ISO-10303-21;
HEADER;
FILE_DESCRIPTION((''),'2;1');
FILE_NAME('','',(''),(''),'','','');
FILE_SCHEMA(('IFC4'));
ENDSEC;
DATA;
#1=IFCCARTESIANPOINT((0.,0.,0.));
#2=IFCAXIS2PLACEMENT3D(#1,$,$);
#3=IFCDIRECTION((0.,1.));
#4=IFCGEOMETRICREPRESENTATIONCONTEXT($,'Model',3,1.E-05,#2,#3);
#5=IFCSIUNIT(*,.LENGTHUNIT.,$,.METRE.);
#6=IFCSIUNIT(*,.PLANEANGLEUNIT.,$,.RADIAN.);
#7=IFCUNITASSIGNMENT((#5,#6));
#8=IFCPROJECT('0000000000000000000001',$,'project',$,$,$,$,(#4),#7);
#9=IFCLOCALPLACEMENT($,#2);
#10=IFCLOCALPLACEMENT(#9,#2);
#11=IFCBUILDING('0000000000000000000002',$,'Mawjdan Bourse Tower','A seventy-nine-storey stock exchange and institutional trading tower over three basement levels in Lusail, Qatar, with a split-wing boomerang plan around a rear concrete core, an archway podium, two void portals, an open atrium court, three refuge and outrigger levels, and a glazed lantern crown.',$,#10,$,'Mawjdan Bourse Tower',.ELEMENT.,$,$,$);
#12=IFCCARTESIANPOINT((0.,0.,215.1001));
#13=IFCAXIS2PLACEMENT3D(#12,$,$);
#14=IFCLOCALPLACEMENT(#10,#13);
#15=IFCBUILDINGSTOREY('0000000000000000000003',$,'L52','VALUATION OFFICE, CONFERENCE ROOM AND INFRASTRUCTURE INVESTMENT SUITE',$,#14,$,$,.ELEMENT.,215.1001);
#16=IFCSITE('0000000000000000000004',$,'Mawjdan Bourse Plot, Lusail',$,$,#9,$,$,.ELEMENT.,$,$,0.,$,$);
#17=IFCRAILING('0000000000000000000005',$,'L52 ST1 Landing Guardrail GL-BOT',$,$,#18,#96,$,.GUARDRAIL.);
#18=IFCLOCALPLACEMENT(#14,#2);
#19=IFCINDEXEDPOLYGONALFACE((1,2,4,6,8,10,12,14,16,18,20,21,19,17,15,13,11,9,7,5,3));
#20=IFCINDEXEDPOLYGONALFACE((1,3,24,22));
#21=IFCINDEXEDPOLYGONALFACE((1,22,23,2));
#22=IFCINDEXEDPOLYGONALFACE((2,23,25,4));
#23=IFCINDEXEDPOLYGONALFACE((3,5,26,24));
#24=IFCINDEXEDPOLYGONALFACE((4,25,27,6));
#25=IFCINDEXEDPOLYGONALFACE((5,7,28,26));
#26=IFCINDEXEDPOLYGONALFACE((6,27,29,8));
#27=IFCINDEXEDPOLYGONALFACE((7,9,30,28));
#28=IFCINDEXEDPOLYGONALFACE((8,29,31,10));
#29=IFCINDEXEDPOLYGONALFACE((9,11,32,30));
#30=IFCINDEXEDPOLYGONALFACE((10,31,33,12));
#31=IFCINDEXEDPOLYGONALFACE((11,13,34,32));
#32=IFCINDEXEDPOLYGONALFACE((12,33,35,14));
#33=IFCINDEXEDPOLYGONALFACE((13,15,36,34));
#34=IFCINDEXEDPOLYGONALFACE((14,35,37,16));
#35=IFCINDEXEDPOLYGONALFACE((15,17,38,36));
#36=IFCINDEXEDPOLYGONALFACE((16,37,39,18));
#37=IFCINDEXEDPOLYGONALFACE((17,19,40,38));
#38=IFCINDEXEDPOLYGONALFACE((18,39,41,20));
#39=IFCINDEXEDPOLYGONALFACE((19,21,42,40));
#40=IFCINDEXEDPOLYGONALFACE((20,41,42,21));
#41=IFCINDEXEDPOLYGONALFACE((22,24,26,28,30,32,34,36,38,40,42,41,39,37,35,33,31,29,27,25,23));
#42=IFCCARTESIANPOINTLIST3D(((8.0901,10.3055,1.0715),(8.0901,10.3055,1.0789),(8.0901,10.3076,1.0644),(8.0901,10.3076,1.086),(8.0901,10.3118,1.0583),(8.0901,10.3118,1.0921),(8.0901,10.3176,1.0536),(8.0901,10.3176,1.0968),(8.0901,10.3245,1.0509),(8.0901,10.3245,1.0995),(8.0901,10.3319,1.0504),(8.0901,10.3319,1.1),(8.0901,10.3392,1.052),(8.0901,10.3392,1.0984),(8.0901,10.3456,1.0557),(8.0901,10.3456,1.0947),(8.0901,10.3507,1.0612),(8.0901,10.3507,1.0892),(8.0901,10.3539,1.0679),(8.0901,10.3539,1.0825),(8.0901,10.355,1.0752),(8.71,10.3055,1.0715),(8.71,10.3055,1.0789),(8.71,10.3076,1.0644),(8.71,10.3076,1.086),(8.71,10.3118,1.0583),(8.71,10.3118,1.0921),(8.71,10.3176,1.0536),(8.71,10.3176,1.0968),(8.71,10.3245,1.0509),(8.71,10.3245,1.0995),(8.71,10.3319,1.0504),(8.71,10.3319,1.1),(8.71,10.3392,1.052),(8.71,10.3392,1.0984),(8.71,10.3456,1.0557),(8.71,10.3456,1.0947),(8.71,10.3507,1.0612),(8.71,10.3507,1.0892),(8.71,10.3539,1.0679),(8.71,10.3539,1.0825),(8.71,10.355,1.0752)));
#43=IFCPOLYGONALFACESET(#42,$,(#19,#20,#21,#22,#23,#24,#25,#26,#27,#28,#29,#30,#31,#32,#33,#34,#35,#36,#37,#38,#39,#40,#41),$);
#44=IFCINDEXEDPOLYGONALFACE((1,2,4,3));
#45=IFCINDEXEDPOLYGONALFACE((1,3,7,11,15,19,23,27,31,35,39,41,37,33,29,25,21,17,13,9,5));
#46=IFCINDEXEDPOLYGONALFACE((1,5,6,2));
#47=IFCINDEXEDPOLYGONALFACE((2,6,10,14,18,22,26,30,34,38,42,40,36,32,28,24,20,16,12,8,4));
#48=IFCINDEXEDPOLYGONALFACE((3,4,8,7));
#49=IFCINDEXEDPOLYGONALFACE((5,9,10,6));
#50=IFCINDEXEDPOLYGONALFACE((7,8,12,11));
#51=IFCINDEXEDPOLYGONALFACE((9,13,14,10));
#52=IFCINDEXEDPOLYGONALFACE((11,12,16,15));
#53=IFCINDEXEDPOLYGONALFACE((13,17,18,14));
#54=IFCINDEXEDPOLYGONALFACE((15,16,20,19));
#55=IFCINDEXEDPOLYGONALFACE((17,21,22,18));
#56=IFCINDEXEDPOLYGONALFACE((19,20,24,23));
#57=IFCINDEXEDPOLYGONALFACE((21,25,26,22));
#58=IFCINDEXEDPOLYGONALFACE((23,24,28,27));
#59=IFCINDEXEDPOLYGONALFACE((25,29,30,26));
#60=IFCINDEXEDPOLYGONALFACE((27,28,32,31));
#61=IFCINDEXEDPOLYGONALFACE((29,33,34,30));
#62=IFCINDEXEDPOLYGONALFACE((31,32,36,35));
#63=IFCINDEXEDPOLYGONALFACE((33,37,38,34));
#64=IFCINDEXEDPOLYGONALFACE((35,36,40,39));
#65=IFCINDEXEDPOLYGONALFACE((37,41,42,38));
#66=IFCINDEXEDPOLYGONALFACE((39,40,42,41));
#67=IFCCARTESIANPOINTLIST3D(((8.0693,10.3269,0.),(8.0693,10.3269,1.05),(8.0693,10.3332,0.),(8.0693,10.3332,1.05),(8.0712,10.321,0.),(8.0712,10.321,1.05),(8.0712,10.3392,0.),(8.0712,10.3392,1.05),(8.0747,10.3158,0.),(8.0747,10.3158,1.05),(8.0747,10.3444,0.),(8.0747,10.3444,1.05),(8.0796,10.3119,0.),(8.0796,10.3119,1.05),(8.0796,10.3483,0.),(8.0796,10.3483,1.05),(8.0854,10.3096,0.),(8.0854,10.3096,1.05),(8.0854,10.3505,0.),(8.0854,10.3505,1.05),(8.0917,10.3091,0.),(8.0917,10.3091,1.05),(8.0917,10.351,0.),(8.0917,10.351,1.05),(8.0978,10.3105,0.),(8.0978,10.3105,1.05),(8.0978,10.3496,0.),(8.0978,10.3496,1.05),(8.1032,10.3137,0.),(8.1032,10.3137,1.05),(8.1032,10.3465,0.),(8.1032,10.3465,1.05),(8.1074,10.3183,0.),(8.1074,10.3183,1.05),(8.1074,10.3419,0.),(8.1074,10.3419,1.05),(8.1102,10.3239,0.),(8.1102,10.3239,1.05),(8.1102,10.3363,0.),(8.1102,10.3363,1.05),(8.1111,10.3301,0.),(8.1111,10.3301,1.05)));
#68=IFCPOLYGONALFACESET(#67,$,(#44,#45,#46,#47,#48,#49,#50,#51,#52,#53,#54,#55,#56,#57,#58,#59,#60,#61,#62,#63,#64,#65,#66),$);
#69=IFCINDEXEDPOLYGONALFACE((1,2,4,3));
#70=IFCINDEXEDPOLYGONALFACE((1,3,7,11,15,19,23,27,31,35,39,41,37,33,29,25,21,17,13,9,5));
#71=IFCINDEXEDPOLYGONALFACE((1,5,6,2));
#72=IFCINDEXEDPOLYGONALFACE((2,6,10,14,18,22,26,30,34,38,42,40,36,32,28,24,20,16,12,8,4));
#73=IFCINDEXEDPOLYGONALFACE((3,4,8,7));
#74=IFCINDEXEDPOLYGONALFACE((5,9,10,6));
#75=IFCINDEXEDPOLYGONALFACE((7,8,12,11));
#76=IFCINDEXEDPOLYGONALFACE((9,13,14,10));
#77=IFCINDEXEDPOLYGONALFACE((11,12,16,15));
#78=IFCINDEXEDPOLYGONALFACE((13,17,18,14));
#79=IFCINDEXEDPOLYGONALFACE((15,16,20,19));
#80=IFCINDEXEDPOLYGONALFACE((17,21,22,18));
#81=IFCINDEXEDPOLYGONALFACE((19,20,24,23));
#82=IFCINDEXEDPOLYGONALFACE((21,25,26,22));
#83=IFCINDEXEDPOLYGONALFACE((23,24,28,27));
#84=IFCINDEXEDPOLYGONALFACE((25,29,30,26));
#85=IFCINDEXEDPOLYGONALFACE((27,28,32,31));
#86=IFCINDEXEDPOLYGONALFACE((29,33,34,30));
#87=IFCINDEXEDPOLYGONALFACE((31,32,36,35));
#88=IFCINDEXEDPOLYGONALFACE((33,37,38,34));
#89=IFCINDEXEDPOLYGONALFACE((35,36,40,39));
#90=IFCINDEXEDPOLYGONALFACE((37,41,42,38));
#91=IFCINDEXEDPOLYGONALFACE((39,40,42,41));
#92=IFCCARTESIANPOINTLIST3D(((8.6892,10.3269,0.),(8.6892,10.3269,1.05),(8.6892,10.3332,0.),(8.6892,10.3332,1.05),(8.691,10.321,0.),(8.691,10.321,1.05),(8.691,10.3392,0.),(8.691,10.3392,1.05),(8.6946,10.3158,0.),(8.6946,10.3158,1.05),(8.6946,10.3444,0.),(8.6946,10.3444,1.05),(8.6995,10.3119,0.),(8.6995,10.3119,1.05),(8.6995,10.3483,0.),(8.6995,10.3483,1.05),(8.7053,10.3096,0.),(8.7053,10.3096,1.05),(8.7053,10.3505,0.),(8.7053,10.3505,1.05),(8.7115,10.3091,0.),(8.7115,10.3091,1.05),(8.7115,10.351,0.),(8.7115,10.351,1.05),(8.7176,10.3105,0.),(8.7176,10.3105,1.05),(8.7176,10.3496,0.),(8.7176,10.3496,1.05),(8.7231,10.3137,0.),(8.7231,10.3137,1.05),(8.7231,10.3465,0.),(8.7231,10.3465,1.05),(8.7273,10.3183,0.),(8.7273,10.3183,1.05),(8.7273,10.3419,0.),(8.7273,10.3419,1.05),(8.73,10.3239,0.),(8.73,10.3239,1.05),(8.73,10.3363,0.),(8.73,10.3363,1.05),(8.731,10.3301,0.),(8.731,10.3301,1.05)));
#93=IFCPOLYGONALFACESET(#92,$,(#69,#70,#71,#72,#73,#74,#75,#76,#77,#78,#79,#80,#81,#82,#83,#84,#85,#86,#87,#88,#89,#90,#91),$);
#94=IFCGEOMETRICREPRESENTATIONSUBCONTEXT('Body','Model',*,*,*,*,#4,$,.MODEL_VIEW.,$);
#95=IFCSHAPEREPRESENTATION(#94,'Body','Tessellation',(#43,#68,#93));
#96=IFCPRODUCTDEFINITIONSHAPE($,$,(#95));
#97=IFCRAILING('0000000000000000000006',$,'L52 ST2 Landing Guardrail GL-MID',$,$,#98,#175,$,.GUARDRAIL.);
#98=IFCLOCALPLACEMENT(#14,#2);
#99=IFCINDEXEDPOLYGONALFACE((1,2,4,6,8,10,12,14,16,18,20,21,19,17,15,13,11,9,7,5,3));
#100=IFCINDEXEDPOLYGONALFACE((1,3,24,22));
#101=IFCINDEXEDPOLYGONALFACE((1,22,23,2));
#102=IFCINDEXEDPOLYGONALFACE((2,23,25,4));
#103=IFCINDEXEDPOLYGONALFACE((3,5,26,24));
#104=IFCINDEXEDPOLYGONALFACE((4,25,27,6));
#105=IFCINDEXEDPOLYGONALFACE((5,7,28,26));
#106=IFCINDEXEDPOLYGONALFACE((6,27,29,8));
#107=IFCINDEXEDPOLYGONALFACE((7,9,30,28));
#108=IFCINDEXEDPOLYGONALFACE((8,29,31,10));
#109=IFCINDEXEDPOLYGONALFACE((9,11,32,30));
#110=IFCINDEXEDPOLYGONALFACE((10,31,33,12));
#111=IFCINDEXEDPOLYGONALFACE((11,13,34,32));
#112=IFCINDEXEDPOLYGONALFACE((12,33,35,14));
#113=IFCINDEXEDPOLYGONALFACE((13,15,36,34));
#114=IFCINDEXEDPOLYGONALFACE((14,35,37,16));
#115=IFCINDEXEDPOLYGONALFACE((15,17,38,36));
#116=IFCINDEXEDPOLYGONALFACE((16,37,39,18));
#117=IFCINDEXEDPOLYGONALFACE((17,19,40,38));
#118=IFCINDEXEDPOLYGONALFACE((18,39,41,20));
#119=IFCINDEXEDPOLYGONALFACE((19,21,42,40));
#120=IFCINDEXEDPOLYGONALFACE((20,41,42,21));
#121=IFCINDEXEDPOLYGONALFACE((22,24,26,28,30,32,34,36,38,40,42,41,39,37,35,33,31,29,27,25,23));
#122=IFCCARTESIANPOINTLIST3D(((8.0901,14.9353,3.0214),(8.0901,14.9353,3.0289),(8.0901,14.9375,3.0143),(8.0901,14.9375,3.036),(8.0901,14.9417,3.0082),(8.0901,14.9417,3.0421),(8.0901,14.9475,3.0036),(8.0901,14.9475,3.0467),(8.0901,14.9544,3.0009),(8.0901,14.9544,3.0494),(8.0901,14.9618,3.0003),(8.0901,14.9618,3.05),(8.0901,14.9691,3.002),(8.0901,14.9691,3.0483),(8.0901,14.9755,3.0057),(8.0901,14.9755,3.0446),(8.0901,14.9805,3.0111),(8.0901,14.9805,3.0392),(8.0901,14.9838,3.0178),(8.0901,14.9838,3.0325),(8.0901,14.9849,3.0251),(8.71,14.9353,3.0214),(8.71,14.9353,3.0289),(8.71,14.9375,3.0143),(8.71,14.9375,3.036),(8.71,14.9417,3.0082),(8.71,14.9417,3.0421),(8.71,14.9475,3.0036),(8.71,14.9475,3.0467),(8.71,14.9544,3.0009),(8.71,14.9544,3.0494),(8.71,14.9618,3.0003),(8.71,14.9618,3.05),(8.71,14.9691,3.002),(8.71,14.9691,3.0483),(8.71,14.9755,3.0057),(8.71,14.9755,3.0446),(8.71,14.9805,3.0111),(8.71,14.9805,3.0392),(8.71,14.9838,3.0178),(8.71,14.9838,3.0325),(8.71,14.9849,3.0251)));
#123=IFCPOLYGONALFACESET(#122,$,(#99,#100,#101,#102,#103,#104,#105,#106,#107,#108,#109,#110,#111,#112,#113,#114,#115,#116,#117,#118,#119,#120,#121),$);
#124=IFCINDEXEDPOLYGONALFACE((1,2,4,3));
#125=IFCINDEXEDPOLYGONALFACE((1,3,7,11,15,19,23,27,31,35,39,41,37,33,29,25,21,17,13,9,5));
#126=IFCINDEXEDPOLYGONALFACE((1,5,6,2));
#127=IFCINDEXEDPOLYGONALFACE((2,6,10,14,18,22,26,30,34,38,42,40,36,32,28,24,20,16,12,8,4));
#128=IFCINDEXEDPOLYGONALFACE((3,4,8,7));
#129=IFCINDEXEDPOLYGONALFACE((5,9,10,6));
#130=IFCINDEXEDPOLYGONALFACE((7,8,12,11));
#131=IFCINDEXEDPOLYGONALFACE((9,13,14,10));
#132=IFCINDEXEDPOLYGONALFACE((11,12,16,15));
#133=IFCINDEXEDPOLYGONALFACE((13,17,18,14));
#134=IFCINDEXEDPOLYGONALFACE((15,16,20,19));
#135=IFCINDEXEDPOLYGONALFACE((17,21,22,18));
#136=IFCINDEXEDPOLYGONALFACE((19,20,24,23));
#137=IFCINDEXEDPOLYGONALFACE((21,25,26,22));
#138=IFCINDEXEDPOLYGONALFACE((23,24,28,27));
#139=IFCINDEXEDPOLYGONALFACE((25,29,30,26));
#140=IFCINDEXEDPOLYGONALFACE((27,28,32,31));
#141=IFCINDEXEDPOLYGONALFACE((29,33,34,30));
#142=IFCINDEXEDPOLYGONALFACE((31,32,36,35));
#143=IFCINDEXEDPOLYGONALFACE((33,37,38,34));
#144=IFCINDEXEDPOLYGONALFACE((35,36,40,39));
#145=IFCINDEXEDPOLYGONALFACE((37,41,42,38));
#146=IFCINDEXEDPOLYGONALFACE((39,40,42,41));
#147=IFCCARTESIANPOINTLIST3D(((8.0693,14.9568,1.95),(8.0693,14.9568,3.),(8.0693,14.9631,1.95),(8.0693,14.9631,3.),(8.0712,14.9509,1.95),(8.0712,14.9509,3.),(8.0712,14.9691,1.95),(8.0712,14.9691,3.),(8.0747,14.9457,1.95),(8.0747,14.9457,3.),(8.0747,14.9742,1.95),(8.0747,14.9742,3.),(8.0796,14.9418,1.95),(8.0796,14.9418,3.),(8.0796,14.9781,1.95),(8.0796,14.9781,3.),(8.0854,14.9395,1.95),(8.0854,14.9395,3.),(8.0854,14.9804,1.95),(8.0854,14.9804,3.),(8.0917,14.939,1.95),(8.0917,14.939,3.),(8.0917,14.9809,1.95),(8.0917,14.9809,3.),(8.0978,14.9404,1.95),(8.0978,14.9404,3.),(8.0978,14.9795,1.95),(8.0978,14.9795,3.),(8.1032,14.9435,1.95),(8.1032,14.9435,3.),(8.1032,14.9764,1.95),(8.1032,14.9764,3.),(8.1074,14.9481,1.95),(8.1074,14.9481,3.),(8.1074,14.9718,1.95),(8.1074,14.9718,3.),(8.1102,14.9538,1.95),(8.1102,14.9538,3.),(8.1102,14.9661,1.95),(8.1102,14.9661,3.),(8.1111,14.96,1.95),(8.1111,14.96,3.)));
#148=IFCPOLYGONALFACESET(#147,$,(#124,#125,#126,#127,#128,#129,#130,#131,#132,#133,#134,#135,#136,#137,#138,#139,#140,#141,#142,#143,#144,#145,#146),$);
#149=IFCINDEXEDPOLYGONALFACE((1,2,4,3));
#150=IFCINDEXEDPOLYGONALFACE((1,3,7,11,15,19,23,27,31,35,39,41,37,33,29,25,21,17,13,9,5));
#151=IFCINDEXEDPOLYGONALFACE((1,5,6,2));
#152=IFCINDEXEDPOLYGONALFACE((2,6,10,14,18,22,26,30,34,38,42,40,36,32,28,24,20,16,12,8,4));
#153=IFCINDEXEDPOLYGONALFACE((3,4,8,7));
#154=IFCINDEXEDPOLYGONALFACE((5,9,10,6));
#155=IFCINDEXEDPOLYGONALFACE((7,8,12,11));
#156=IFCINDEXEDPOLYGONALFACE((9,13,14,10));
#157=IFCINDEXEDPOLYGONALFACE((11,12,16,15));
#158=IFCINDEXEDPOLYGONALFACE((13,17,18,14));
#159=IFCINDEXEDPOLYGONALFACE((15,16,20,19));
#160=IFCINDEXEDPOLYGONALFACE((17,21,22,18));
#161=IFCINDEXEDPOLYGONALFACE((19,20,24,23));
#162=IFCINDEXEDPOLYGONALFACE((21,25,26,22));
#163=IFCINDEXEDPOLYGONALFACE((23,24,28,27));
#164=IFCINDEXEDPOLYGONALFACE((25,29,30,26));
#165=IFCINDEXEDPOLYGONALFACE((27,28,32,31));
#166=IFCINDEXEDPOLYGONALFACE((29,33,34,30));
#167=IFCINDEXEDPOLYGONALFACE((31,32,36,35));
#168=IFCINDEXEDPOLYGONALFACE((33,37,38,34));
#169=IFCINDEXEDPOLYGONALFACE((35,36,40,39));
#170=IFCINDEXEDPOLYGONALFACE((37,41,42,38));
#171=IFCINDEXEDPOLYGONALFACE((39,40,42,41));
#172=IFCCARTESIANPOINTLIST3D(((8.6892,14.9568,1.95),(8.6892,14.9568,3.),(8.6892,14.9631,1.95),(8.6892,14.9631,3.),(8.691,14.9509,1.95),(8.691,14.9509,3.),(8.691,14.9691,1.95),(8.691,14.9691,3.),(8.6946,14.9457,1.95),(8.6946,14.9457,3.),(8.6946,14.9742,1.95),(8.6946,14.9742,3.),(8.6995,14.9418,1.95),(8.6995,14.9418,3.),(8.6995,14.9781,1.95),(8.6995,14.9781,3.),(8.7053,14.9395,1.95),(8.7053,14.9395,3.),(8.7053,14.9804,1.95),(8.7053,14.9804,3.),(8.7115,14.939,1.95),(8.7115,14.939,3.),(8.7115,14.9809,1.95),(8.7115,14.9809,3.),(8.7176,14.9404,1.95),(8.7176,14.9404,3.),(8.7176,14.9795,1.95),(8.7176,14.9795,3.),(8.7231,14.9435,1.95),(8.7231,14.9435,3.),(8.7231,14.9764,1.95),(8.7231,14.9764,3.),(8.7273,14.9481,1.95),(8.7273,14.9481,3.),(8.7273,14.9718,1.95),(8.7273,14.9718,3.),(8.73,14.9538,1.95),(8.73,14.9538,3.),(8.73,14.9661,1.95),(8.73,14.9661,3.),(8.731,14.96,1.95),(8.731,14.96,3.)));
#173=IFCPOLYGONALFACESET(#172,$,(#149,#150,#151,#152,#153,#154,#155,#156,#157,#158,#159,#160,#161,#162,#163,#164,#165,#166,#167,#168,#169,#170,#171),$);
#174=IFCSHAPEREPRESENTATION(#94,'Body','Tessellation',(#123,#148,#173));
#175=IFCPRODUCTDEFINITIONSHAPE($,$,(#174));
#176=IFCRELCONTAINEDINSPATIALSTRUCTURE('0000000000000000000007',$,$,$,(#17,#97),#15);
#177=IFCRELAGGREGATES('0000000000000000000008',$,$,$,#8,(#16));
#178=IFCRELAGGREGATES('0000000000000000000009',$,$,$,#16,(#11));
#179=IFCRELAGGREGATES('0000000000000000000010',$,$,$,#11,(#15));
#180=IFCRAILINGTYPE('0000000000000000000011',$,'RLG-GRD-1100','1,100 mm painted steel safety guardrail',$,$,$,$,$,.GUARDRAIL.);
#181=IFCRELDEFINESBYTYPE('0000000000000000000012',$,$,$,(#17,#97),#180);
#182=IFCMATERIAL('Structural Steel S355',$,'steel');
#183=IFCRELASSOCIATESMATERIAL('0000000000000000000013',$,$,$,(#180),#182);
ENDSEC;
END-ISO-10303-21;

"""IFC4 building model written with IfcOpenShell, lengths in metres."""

from ifc_helpers import new_model, si_unit, direction, frame, origin, origin_2d, place, context, subcontext, project, spatial, circle, extrude, material, type_object, element, save


model = new_model("IFC4")

# Units and contexts
model_context = context("Model", 3, precision=1e-05, world=origin(), true_north=direction((0.0, 1.0)))
body_context = subcontext(model_context, "Body", "Model", "MODEL_VIEW")
ifc_project = project(units=[si_unit("LENGTHUNIT", "METRE"), si_unit("PLANEANGLEUNIT", "RADIAN")], contexts=[model_context])

# Site, building, storey
site_placement = place(None, origin())
site = spatial("IfcSite", under=ifc_project, at=site_placement, Name="Mawjdan Bourse Plot, Lusail", CompositionType="ELEMENT", RefElevation=0.0)
building_placement = place(site_placement, origin())
building = spatial("IfcBuilding", under=site, at=building_placement, Name="Mawjdan Bourse Tower", Description="A seventy-nine-storey stock exchange and institutional trading tower over three basement levels in Lusail, Qatar, with a split-wing boomerang plan around a rear concrete core, an archway podium, two void portals, an open atrium court, three refuge and outrigger levels, and a glazed lantern crown.", LongName="Mawjdan Bourse Tower", CompositionType="ELEMENT")
storey_placement = place(building_placement, frame((0.0, 0.0, 215.1001)))
storey = spatial("IfcBuildingStorey", under=building, at=storey_placement, Name="L52", Description="VALUATION OFFICE, CONFERENCE ROOM AND INFRASTRUCTURE INVESTMENT SUITE", CompositionType="ELEMENT", Elevation=215.1001)

# Railings
ifc_material_1 = material(Name="Structural Steel S355", Category="steel")
railing_type_1 = type_object("IfcRailingType", Name="RLG-GRD-1100", Description="1,100 mm painted steel safety guardrail", PredefinedType="GUARDRAIL", material=ifc_material_1)
for number, where, name in (
    (1, (8.0901, 10.3301, 0.0), "L52 ST1 Landing Guardrail GL-BOT"),
    (2, (8.0901, 14.96, 1.95), "L52 ST2 Landing Guardrail GL-MID"),
):
    element("IfcRailing", number, at=place(storey_placement, frame(where)), inside=storey, type_object=railing_type_1, Name=name, PredefinedType="GUARDRAIL", context=body_context, shape_type="SweptSolid", body=[
        extrude(circle(Radius=0.0249, at=origin_2d()), frame((0.0, 0.0, 1.0752), z_axis=(1.0, 0.0, 0.0), x_axis=(0.0, 1.0, 0.0)), (0.0, 0.0, 1.0), 0.6199),
        extrude(circle(Radius=0.021, at=origin_2d()), origin(), (0.0, 0.0, 1.0), 1.05),
        extrude(circle(Radius=0.021, at=origin_2d()), frame((0.6199, 0.0, 0.0)), (0.0, 0.0, 1.0), 1.05),
    ])

save(model, "model.ifc")
